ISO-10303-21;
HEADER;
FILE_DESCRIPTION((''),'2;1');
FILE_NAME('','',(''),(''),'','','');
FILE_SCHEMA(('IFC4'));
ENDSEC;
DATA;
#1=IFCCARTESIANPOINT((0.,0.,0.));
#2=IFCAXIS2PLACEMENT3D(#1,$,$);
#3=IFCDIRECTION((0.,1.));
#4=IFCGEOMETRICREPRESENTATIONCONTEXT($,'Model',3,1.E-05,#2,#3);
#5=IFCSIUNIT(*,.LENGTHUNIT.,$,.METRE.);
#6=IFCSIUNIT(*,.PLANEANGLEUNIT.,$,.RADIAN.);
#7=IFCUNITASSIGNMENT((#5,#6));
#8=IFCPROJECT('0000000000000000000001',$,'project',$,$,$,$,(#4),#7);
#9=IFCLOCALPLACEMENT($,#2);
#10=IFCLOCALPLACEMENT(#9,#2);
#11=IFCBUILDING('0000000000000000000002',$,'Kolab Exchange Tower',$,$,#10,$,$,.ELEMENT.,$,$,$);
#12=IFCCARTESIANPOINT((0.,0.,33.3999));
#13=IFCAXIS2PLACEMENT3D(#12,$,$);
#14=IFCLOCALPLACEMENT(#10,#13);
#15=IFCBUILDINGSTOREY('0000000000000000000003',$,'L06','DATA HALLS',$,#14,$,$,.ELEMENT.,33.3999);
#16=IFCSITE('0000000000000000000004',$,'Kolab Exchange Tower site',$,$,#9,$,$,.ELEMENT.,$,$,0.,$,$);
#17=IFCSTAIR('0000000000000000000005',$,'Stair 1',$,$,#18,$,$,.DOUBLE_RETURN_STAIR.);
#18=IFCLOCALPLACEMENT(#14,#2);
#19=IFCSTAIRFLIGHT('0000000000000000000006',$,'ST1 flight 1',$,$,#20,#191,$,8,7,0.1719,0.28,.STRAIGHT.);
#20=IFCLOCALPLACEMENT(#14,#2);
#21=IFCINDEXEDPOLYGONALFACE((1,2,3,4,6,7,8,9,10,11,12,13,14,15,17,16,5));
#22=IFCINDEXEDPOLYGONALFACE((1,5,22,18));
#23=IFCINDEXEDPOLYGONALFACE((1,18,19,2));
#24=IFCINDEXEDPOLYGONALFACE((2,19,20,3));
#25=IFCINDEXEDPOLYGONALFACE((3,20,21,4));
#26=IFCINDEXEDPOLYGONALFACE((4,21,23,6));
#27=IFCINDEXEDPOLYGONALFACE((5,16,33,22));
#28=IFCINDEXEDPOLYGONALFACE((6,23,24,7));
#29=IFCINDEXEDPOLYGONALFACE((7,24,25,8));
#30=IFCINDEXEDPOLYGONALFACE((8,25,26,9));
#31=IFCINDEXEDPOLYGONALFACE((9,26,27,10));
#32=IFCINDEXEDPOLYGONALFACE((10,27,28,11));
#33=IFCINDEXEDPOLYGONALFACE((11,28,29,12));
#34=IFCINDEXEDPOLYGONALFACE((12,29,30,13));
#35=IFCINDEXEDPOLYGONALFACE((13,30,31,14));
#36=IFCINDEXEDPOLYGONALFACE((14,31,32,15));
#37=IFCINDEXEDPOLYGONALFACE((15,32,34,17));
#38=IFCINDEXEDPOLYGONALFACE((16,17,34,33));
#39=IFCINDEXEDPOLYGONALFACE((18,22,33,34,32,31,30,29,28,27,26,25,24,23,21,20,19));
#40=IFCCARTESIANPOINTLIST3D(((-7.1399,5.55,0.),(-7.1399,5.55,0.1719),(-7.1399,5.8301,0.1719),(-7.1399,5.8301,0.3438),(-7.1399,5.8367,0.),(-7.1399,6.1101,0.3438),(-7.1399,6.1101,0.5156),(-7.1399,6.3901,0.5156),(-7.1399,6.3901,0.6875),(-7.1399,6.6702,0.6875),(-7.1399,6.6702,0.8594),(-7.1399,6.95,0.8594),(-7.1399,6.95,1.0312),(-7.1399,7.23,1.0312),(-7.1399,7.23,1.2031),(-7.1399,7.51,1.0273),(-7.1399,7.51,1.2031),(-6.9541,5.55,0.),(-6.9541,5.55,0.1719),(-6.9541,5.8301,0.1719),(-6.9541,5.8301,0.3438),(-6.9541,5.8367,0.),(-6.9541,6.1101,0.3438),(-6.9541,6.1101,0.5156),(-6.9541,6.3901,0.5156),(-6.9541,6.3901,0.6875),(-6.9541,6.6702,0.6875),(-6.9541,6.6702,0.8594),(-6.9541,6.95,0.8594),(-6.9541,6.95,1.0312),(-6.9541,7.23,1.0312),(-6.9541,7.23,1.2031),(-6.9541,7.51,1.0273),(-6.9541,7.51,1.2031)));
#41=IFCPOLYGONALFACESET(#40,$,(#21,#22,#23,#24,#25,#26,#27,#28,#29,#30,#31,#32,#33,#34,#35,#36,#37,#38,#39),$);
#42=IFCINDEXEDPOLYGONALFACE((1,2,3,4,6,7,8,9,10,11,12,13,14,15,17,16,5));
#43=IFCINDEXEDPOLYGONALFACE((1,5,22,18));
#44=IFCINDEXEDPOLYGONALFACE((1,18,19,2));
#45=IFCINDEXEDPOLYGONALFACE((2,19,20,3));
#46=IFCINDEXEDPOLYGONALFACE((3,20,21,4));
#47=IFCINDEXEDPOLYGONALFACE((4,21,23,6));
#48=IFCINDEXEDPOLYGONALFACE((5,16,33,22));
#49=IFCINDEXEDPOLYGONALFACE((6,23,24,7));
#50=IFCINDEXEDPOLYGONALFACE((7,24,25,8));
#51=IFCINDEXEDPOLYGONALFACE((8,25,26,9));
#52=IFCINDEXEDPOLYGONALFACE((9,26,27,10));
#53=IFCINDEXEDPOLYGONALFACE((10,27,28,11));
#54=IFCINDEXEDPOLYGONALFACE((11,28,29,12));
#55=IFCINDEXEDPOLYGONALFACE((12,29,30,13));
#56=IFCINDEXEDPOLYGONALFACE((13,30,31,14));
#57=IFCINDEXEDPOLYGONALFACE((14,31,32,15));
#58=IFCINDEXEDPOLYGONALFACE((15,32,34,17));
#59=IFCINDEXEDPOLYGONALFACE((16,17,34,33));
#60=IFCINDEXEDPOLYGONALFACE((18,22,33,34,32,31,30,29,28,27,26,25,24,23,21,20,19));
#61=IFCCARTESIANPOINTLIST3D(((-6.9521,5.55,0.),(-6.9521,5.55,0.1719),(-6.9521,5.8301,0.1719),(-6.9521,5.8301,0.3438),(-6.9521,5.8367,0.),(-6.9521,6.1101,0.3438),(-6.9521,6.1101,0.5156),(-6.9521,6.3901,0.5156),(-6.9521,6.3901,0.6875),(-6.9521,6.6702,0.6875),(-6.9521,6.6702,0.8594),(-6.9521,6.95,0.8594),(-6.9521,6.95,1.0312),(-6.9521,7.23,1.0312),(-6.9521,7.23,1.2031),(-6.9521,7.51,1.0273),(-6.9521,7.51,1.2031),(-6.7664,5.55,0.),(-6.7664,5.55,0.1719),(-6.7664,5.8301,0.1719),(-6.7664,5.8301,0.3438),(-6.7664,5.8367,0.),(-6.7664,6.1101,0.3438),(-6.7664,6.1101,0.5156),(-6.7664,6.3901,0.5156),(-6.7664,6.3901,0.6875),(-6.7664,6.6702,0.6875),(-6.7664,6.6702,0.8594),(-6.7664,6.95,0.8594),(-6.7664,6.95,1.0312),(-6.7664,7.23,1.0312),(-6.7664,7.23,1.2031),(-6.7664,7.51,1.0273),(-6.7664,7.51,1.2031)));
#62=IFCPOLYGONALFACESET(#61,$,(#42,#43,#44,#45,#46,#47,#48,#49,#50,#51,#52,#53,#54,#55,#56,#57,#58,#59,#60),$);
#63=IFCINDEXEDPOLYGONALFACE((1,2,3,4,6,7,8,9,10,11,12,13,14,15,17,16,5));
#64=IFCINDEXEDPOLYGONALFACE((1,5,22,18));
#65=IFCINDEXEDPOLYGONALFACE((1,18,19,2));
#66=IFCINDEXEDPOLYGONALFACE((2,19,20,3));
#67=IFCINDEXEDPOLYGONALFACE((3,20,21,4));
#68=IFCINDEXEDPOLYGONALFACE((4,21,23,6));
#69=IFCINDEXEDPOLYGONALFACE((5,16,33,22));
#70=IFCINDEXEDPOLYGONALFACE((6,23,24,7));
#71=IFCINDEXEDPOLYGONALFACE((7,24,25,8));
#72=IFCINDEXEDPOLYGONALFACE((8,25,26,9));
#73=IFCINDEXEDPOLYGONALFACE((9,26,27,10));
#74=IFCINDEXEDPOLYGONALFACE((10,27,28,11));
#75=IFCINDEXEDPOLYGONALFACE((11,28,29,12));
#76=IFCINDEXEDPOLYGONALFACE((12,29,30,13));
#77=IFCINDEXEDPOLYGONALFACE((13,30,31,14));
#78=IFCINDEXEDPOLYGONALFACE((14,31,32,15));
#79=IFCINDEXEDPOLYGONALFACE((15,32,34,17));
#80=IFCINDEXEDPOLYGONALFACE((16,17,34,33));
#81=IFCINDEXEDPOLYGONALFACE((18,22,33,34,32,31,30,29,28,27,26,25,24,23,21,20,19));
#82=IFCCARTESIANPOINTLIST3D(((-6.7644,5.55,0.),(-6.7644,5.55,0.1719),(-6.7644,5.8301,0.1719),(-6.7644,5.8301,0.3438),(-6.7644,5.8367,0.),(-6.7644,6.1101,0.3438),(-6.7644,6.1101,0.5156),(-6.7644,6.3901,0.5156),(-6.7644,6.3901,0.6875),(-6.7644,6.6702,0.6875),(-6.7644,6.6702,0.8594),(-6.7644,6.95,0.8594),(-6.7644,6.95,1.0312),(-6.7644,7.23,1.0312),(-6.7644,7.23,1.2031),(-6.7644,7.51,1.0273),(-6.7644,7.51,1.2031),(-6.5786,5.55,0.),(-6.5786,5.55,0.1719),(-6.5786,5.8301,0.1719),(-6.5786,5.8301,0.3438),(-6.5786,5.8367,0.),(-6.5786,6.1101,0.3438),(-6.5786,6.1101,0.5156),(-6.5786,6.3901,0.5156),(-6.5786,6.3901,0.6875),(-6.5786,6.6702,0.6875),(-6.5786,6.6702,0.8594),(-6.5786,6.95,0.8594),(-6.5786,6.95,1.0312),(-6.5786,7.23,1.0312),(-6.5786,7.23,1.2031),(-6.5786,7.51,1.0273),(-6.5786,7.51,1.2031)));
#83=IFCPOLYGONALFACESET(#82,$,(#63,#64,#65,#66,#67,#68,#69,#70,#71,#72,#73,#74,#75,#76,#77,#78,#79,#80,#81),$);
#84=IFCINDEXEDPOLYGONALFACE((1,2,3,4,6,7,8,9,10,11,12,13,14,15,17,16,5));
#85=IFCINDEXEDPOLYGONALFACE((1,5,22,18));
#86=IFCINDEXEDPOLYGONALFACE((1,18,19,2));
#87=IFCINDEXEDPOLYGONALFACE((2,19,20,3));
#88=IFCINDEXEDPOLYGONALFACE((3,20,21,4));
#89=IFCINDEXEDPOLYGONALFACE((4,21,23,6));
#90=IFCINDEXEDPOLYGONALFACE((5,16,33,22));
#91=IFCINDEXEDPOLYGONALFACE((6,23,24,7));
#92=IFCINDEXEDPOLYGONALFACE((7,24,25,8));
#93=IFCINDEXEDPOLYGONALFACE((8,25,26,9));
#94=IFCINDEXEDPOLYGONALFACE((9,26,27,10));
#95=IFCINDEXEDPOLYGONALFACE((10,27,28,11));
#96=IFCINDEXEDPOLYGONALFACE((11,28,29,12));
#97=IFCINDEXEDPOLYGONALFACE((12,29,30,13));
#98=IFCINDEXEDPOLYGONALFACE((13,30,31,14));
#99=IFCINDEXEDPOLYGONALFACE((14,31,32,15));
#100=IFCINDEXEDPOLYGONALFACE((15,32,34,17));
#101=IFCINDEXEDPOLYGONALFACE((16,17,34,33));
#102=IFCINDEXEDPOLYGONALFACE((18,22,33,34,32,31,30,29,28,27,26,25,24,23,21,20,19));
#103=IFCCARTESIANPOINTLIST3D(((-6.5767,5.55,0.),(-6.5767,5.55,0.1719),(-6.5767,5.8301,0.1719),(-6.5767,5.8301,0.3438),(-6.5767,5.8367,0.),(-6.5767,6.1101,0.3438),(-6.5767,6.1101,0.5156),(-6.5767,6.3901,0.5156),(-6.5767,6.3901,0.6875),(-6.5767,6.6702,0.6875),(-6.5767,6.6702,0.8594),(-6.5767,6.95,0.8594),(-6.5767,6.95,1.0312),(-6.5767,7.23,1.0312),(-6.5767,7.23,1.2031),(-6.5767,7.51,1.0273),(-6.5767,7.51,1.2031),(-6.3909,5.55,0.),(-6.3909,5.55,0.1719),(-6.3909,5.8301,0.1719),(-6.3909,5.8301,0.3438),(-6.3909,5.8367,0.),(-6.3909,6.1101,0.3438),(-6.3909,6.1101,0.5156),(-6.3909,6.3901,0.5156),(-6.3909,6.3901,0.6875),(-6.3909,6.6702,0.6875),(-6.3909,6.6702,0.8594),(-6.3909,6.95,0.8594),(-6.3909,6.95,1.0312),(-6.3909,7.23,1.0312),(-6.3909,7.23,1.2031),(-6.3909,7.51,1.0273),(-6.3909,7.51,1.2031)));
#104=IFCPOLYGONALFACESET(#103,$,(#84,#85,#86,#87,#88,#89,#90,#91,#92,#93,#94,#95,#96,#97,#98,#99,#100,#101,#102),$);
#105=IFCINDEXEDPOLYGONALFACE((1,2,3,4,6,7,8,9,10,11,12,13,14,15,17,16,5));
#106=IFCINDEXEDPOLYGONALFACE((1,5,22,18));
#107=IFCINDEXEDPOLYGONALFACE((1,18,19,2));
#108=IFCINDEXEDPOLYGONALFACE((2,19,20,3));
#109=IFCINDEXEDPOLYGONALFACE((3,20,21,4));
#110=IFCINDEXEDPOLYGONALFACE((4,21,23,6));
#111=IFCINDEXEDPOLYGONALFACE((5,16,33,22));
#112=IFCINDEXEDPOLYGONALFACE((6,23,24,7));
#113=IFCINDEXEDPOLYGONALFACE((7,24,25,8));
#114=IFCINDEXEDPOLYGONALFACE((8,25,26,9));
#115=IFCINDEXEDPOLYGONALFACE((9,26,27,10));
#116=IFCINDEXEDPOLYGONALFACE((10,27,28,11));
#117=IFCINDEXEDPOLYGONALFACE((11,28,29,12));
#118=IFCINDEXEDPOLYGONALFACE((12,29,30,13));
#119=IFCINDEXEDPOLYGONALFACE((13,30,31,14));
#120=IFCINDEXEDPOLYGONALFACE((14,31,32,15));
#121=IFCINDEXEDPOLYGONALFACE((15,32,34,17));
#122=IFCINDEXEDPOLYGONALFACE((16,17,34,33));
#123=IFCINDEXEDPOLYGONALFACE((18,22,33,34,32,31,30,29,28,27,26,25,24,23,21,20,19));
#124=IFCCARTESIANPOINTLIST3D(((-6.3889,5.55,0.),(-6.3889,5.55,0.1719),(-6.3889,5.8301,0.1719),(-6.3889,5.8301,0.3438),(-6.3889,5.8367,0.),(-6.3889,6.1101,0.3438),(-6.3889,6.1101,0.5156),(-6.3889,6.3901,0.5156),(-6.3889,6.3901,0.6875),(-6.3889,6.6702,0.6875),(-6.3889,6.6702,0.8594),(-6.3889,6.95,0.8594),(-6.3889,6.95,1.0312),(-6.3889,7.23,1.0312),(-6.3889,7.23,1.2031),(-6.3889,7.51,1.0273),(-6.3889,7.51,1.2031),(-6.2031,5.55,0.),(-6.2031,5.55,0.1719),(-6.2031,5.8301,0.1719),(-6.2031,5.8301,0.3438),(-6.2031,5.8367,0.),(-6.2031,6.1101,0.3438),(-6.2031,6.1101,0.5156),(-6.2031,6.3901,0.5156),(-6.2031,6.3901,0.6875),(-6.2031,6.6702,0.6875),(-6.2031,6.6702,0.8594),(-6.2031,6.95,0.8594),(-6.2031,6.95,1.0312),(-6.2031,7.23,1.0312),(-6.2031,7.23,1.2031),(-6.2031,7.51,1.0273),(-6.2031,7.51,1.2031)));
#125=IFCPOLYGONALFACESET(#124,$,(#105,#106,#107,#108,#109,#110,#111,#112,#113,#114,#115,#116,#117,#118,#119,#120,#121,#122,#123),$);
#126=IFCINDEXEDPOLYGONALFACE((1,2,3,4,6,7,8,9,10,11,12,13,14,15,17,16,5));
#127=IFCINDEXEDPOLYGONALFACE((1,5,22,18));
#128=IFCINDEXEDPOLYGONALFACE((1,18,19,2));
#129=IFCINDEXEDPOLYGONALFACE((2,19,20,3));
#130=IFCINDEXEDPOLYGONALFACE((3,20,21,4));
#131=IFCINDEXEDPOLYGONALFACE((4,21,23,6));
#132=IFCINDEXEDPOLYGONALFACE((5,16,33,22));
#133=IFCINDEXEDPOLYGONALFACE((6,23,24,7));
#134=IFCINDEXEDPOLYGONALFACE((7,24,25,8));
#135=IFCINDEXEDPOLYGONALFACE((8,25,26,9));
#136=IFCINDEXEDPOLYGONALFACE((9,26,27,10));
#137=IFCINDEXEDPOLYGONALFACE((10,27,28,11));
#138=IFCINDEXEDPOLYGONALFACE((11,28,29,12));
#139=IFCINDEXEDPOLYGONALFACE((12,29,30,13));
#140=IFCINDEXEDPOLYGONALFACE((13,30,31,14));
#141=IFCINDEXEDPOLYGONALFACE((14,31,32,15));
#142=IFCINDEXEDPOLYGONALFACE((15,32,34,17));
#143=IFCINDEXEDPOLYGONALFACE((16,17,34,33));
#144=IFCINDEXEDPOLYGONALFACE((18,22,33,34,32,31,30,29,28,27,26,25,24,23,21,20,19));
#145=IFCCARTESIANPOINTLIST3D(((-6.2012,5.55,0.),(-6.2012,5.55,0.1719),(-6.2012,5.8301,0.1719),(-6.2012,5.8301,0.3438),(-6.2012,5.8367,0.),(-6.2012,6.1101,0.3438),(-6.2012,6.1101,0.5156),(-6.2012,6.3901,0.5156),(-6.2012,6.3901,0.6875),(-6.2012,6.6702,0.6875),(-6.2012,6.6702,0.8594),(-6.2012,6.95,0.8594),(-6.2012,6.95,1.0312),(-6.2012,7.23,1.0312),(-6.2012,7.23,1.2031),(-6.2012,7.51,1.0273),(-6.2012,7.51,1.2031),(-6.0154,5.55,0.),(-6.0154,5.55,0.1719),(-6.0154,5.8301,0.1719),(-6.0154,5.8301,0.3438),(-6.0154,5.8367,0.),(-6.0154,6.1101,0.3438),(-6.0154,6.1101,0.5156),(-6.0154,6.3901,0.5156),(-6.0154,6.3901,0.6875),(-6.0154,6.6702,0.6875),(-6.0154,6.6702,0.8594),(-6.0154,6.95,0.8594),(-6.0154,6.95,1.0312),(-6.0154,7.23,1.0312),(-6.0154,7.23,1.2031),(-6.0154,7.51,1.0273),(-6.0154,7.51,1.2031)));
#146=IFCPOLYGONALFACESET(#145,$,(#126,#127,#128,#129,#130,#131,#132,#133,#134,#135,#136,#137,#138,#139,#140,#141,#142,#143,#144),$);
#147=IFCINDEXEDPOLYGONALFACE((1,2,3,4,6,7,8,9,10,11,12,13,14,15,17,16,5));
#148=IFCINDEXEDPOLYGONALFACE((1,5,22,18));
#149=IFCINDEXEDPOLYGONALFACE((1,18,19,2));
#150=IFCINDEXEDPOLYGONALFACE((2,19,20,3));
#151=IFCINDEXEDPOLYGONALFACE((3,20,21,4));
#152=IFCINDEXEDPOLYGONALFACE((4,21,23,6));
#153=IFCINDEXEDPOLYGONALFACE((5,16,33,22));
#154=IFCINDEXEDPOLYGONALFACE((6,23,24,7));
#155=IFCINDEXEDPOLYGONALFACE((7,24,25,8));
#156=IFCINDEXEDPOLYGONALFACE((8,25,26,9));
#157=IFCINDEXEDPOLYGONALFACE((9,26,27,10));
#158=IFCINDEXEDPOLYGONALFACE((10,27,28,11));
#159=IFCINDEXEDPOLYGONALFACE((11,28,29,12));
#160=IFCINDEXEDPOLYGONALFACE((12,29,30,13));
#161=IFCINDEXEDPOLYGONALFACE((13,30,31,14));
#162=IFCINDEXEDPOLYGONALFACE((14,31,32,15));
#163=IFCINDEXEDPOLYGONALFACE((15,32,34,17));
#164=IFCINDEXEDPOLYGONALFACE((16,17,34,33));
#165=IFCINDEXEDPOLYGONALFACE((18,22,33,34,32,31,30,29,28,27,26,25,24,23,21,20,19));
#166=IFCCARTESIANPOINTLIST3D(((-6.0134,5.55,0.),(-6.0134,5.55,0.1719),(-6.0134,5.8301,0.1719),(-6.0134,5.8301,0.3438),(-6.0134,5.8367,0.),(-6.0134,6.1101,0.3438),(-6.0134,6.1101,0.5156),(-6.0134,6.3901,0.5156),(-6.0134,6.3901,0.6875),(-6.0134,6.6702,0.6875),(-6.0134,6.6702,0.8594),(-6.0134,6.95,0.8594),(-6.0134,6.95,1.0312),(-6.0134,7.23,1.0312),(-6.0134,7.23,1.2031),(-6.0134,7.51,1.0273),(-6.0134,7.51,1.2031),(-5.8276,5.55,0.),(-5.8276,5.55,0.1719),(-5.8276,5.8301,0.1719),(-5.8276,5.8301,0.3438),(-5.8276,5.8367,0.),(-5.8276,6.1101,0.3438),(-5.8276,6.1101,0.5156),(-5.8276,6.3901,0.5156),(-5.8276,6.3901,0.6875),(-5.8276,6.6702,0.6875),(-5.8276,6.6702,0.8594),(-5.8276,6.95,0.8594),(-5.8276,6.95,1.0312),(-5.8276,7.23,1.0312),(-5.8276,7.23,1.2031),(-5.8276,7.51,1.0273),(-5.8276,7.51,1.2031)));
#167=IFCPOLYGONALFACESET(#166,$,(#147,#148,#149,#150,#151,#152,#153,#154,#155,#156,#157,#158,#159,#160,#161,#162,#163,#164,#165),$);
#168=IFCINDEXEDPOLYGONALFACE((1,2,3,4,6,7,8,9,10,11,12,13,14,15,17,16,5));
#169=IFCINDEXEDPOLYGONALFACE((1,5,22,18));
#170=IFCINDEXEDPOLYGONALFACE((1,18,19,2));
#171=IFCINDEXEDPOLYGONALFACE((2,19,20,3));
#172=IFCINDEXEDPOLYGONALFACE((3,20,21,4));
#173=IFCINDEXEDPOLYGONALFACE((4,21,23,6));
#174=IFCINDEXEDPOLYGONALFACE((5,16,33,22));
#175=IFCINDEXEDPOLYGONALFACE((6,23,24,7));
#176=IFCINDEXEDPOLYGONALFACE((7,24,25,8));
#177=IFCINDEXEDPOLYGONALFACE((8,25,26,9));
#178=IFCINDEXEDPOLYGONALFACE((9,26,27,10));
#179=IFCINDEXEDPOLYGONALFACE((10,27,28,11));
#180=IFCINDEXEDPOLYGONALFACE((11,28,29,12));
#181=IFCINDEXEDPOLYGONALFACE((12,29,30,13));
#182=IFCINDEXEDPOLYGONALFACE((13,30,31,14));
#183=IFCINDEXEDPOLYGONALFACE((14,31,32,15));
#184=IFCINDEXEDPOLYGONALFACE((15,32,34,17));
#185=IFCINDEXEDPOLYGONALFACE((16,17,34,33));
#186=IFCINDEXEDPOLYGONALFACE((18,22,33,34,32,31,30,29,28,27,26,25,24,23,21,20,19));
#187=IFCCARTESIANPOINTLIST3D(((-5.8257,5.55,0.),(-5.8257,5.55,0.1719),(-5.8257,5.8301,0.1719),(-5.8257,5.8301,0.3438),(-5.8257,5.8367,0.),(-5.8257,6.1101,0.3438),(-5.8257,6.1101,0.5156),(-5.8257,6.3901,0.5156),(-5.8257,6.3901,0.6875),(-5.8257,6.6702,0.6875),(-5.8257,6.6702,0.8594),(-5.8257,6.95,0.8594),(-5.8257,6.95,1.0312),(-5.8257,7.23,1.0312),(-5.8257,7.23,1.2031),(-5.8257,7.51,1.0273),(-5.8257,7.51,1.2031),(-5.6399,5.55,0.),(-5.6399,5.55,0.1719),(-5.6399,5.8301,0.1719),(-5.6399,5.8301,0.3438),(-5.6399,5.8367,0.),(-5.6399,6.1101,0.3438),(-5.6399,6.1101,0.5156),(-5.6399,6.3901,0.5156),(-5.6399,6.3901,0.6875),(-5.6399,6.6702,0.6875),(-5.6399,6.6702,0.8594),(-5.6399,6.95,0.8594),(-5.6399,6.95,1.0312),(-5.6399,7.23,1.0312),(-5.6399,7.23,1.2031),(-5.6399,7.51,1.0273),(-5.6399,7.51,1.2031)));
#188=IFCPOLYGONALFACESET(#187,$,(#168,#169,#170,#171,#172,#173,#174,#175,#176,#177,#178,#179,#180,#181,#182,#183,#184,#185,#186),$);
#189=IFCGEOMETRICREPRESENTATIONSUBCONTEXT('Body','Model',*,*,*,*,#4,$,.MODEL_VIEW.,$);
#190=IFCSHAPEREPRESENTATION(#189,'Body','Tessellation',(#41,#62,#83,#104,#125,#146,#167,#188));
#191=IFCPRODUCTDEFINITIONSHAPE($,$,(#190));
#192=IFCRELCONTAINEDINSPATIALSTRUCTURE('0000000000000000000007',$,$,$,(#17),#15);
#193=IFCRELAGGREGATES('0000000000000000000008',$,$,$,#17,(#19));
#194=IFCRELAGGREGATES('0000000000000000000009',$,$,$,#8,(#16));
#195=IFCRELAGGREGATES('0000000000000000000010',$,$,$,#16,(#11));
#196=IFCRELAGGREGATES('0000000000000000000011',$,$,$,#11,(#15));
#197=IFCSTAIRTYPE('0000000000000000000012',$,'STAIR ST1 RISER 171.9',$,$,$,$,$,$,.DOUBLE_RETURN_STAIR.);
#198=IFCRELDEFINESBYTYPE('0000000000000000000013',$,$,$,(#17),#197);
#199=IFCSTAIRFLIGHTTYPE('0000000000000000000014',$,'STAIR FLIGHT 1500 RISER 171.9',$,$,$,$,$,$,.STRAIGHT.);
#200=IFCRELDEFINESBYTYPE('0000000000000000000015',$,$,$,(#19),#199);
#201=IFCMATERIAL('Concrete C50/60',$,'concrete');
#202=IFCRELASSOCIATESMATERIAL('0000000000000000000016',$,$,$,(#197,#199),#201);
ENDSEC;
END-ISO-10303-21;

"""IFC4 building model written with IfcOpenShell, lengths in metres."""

from ifc_helpers import new_model, si_unit, direction, frame, origin, place, context, subcontext, project, spatial, polyline, outline, extrude, material, type_object, element, aggregate, save


model = new_model("IFC4")

# Units and contexts
model_context = context("Model", 3, precision=1e-05, world=origin(), true_north=direction((0.0, 1.0)))
body_context = subcontext(model_context, "Body", "Model", "MODEL_VIEW")
ifc_project = project(units=[si_unit("LENGTHUNIT", "METRE"), si_unit("PLANEANGLEUNIT", "RADIAN")], contexts=[model_context])

# Site, building, storey
site_placement = place(None, origin())
site = spatial("IfcSite", under=ifc_project, at=site_placement, Name="Kolab Exchange Tower site", CompositionType="ELEMENT", RefElevation=0.0)
building_placement = place(site_placement, origin())
building = spatial("IfcBuilding", under=site, at=building_placement, Name="Kolab Exchange Tower", CompositionType="ELEMENT")
storey_placement = place(building_placement, frame((0.0, 0.0, 33.3999)))
storey = spatial("IfcBuildingStorey", under=building, at=storey_placement, Name="L06", Description="DATA HALLS", CompositionType="ELEMENT", Elevation=33.3999)

# Shared definitions
ifc_material_1 = material(Name="Concrete C50/60", Category="concrete")

# Stair, stair flight
stair_type = type_object("IfcStairType", Name="STAIR ST1 RISER 171.9", PredefinedType="DOUBLE_RETURN_STAIR", material=ifc_material_1)
stair_placement = place(storey_placement, origin())
stair = element("IfcStair", 1, at=stair_placement, inside=storey, type_object=stair_type, Name="Stair 1", PredefinedType="DOUBLE_RETURN_STAIR")
stair_flight_type = type_object("IfcStairFlightType", Name="STAIR FLIGHT 1500 RISER 171.9", PredefinedType="STRAIGHT", material=ifc_material_1)
stair_flight_1_placement = place(storey_placement, frame((-6.3899, 5.55, 0.0), z_axis=(0.0, 0.0, 1.0), x_axis=(0.0, 1.0, 0.0)))
stair_flight_1 = element("IfcStairFlight", 2, at=stair_flight_1_placement, type_object=stair_flight_type, Name="ST1 flight 1", NumberOfRisers=8, NumberOfTreads=7, PredefinedType="STRAIGHT", RiserHeight=0.1719, TreadLength=0.28, context=body_context, shape_type="SweptSolid", body=[
    extrude(outline(polyline([(0.0, 0.0), (0.0, 0.1719), (0.28, 0.1719), (0.28, 0.3438), (0.5601, 0.3438), (0.5601, 0.5156), (0.8401, 0.5156), (0.8401, 0.6875), (1.1201, 0.6875), (1.1201, 0.8594), (1.3999, 0.8594), (1.3999, 1.0312), (1.6799, 1.0312), (1.6799, 1.2031), (1.96, 1.2031), (1.96, 1.375), (1.96, 1.0273), (0.2866, 0.0), (0.0, 0.0)])), frame((0.0, 0.75, 0.0), z_axis=(0.0, -1.0, 0.0), x_axis=(1.0, 0.0, 0.0)), (0.0, 0.0, 1.0), 0.1858),
    extrude(outline(polyline([(0.0, 0.0), (0.0, 0.1719), (0.28, 0.1719), (0.28, 0.3438), (0.5601, 0.3438), (0.5601, 0.5156), (0.8401, 0.5156), (0.8401, 0.6875), (1.1201, 0.6875), (1.1201, 0.8594), (1.3999, 0.8594), (1.3999, 1.0312), (1.6799, 1.0312), (1.6799, 1.2031), (1.96, 1.2031), (1.96, 1.375), (1.96, 1.0273), (0.2866, 0.0), (0.0, 0.0)])), frame((0.0, 0.5623, 0.0), z_axis=(0.0, -1.0, 0.0), x_axis=(1.0, 0.0, 0.0)), (0.0, 0.0, 1.0), 0.1858),
    extrude(outline(polyline([(0.0, 0.0), (0.0, 0.1719), (0.28, 0.1719), (0.28, 0.3438), (0.5601, 0.3438), (0.5601, 0.5156), (0.8401, 0.5156), (0.8401, 0.6875), (1.1201, 0.6875), (1.1201, 0.8594), (1.3999, 0.8594), (1.3999, 1.0312), (1.6799, 1.0312), (1.6799, 1.2031), (1.96, 1.2031), (1.96, 1.375), (1.96, 1.0273), (0.2866, 0.0), (0.0, 0.0)])), frame((0.0, 0.3745, 0.0), z_axis=(0.0, -1.0, 0.0), x_axis=(1.0, 0.0, 0.0)), (0.0, 0.0, 1.0), 0.1858),
    extrude(outline(polyline([(0.0, 0.0), (0.0, 0.1719), (0.28, 0.1719), (0.28, 0.3438), (0.5601, 0.3438), (0.5601, 0.5156), (0.8401, 0.5156), (0.8401, 0.6875), (1.1201, 0.6875), (1.1201, 0.8594), (1.3999, 0.8594), (1.3999, 1.0312), (1.6799, 1.0312), (1.6799, 1.2031), (1.96, 1.2031), (1.96, 1.375), (1.96, 1.0273), (0.2866, 0.0), (0.0, 0.0)])), frame((0.0, 0.1868, 0.0), z_axis=(0.0, -1.0, 0.0), x_axis=(1.0, 0.0, 0.0)), (0.0, 0.0, 1.0), 0.1858),
    extrude(outline(polyline([(0.0, 0.0), (0.0, 0.1719), (0.28, 0.1719), (0.28, 0.3438), (0.5601, 0.3438), (0.5601, 0.5156), (0.8401, 0.5156), (0.8401, 0.6875), (1.1201, 0.6875), (1.1201, 0.8594), (1.3999, 0.8594), (1.3999, 1.0312), (1.6799, 1.0312), (1.6799, 1.2031), (1.96, 1.2031), (1.96, 1.375), (1.96, 1.0273), (0.2866, 0.0), (0.0, 0.0)])), frame((0.0, -0.001, 0.0), z_axis=(0.0, -1.0, 0.0), x_axis=(1.0, 0.0, 0.0)), (0.0, 0.0, 1.0), 0.1858),
    extrude(outline(polyline([(0.0, 0.0), (0.0, 0.1719), (0.28, 0.1719), (0.28, 0.3438), (0.5601, 0.3438), (0.5601, 0.5156), (0.8401, 0.5156), (0.8401, 0.6875), (1.1201, 0.6875), (1.1201, 0.8594), (1.3999, 0.8594), (1.3999, 1.0312), (1.6799, 1.0312), (1.6799, 1.2031), (1.96, 1.2031), (1.96, 1.375), (1.96, 1.0273), (0.2866, 0.0), (0.0, 0.0)])), frame((0.0, -0.1887, 0.0), z_axis=(0.0, -1.0, 0.0), x_axis=(1.0, 0.0, 0.0)), (0.0, 0.0, 1.0), 0.1858),
    extrude(outline(polyline([(0.0, 0.0), (0.0, 0.1719), (0.28, 0.1719), (0.28, 0.3438), (0.5601, 0.3438), (0.5601, 0.5156), (0.8401, 0.5156), (0.8401, 0.6875), (1.1201, 0.6875), (1.1201, 0.8594), (1.3999, 0.8594), (1.3999, 1.0312), (1.6799, 1.0312), (1.6799, 1.2031), (1.96, 1.2031), (1.96, 1.375), (1.96, 1.0273), (0.2866, 0.0), (0.0, 0.0)])), frame((0.0, -0.3765, 0.0), z_axis=(0.0, -1.0, 0.0), x_axis=(1.0, 0.0, 0.0)), (0.0, 0.0, 1.0), 0.1858),
    extrude(outline(polyline([(0.0, 0.0), (0.0, 0.1719), (0.28, 0.1719), (0.28, 0.3438), (0.5601, 0.3438), (0.5601, 0.5156), (0.8401, 0.5156), (0.8401, 0.6875), (1.1201, 0.6875), (1.1201, 0.8594), (1.3999, 0.8594), (1.3999, 1.0312), (1.6799, 1.0312), (1.6799, 1.2031), (1.96, 1.2031), (1.96, 1.375), (1.96, 1.0273), (0.2866, 0.0), (0.0, 0.0)])), frame((0.0, -0.5642, 0.0), z_axis=(0.0, -1.0, 0.0), x_axis=(1.0, 0.0, 0.0)), (0.0, 0.0, 1.0), 0.1858),
])
aggregate(stair, [stair_flight_1])

save(model, "model.ifc")
